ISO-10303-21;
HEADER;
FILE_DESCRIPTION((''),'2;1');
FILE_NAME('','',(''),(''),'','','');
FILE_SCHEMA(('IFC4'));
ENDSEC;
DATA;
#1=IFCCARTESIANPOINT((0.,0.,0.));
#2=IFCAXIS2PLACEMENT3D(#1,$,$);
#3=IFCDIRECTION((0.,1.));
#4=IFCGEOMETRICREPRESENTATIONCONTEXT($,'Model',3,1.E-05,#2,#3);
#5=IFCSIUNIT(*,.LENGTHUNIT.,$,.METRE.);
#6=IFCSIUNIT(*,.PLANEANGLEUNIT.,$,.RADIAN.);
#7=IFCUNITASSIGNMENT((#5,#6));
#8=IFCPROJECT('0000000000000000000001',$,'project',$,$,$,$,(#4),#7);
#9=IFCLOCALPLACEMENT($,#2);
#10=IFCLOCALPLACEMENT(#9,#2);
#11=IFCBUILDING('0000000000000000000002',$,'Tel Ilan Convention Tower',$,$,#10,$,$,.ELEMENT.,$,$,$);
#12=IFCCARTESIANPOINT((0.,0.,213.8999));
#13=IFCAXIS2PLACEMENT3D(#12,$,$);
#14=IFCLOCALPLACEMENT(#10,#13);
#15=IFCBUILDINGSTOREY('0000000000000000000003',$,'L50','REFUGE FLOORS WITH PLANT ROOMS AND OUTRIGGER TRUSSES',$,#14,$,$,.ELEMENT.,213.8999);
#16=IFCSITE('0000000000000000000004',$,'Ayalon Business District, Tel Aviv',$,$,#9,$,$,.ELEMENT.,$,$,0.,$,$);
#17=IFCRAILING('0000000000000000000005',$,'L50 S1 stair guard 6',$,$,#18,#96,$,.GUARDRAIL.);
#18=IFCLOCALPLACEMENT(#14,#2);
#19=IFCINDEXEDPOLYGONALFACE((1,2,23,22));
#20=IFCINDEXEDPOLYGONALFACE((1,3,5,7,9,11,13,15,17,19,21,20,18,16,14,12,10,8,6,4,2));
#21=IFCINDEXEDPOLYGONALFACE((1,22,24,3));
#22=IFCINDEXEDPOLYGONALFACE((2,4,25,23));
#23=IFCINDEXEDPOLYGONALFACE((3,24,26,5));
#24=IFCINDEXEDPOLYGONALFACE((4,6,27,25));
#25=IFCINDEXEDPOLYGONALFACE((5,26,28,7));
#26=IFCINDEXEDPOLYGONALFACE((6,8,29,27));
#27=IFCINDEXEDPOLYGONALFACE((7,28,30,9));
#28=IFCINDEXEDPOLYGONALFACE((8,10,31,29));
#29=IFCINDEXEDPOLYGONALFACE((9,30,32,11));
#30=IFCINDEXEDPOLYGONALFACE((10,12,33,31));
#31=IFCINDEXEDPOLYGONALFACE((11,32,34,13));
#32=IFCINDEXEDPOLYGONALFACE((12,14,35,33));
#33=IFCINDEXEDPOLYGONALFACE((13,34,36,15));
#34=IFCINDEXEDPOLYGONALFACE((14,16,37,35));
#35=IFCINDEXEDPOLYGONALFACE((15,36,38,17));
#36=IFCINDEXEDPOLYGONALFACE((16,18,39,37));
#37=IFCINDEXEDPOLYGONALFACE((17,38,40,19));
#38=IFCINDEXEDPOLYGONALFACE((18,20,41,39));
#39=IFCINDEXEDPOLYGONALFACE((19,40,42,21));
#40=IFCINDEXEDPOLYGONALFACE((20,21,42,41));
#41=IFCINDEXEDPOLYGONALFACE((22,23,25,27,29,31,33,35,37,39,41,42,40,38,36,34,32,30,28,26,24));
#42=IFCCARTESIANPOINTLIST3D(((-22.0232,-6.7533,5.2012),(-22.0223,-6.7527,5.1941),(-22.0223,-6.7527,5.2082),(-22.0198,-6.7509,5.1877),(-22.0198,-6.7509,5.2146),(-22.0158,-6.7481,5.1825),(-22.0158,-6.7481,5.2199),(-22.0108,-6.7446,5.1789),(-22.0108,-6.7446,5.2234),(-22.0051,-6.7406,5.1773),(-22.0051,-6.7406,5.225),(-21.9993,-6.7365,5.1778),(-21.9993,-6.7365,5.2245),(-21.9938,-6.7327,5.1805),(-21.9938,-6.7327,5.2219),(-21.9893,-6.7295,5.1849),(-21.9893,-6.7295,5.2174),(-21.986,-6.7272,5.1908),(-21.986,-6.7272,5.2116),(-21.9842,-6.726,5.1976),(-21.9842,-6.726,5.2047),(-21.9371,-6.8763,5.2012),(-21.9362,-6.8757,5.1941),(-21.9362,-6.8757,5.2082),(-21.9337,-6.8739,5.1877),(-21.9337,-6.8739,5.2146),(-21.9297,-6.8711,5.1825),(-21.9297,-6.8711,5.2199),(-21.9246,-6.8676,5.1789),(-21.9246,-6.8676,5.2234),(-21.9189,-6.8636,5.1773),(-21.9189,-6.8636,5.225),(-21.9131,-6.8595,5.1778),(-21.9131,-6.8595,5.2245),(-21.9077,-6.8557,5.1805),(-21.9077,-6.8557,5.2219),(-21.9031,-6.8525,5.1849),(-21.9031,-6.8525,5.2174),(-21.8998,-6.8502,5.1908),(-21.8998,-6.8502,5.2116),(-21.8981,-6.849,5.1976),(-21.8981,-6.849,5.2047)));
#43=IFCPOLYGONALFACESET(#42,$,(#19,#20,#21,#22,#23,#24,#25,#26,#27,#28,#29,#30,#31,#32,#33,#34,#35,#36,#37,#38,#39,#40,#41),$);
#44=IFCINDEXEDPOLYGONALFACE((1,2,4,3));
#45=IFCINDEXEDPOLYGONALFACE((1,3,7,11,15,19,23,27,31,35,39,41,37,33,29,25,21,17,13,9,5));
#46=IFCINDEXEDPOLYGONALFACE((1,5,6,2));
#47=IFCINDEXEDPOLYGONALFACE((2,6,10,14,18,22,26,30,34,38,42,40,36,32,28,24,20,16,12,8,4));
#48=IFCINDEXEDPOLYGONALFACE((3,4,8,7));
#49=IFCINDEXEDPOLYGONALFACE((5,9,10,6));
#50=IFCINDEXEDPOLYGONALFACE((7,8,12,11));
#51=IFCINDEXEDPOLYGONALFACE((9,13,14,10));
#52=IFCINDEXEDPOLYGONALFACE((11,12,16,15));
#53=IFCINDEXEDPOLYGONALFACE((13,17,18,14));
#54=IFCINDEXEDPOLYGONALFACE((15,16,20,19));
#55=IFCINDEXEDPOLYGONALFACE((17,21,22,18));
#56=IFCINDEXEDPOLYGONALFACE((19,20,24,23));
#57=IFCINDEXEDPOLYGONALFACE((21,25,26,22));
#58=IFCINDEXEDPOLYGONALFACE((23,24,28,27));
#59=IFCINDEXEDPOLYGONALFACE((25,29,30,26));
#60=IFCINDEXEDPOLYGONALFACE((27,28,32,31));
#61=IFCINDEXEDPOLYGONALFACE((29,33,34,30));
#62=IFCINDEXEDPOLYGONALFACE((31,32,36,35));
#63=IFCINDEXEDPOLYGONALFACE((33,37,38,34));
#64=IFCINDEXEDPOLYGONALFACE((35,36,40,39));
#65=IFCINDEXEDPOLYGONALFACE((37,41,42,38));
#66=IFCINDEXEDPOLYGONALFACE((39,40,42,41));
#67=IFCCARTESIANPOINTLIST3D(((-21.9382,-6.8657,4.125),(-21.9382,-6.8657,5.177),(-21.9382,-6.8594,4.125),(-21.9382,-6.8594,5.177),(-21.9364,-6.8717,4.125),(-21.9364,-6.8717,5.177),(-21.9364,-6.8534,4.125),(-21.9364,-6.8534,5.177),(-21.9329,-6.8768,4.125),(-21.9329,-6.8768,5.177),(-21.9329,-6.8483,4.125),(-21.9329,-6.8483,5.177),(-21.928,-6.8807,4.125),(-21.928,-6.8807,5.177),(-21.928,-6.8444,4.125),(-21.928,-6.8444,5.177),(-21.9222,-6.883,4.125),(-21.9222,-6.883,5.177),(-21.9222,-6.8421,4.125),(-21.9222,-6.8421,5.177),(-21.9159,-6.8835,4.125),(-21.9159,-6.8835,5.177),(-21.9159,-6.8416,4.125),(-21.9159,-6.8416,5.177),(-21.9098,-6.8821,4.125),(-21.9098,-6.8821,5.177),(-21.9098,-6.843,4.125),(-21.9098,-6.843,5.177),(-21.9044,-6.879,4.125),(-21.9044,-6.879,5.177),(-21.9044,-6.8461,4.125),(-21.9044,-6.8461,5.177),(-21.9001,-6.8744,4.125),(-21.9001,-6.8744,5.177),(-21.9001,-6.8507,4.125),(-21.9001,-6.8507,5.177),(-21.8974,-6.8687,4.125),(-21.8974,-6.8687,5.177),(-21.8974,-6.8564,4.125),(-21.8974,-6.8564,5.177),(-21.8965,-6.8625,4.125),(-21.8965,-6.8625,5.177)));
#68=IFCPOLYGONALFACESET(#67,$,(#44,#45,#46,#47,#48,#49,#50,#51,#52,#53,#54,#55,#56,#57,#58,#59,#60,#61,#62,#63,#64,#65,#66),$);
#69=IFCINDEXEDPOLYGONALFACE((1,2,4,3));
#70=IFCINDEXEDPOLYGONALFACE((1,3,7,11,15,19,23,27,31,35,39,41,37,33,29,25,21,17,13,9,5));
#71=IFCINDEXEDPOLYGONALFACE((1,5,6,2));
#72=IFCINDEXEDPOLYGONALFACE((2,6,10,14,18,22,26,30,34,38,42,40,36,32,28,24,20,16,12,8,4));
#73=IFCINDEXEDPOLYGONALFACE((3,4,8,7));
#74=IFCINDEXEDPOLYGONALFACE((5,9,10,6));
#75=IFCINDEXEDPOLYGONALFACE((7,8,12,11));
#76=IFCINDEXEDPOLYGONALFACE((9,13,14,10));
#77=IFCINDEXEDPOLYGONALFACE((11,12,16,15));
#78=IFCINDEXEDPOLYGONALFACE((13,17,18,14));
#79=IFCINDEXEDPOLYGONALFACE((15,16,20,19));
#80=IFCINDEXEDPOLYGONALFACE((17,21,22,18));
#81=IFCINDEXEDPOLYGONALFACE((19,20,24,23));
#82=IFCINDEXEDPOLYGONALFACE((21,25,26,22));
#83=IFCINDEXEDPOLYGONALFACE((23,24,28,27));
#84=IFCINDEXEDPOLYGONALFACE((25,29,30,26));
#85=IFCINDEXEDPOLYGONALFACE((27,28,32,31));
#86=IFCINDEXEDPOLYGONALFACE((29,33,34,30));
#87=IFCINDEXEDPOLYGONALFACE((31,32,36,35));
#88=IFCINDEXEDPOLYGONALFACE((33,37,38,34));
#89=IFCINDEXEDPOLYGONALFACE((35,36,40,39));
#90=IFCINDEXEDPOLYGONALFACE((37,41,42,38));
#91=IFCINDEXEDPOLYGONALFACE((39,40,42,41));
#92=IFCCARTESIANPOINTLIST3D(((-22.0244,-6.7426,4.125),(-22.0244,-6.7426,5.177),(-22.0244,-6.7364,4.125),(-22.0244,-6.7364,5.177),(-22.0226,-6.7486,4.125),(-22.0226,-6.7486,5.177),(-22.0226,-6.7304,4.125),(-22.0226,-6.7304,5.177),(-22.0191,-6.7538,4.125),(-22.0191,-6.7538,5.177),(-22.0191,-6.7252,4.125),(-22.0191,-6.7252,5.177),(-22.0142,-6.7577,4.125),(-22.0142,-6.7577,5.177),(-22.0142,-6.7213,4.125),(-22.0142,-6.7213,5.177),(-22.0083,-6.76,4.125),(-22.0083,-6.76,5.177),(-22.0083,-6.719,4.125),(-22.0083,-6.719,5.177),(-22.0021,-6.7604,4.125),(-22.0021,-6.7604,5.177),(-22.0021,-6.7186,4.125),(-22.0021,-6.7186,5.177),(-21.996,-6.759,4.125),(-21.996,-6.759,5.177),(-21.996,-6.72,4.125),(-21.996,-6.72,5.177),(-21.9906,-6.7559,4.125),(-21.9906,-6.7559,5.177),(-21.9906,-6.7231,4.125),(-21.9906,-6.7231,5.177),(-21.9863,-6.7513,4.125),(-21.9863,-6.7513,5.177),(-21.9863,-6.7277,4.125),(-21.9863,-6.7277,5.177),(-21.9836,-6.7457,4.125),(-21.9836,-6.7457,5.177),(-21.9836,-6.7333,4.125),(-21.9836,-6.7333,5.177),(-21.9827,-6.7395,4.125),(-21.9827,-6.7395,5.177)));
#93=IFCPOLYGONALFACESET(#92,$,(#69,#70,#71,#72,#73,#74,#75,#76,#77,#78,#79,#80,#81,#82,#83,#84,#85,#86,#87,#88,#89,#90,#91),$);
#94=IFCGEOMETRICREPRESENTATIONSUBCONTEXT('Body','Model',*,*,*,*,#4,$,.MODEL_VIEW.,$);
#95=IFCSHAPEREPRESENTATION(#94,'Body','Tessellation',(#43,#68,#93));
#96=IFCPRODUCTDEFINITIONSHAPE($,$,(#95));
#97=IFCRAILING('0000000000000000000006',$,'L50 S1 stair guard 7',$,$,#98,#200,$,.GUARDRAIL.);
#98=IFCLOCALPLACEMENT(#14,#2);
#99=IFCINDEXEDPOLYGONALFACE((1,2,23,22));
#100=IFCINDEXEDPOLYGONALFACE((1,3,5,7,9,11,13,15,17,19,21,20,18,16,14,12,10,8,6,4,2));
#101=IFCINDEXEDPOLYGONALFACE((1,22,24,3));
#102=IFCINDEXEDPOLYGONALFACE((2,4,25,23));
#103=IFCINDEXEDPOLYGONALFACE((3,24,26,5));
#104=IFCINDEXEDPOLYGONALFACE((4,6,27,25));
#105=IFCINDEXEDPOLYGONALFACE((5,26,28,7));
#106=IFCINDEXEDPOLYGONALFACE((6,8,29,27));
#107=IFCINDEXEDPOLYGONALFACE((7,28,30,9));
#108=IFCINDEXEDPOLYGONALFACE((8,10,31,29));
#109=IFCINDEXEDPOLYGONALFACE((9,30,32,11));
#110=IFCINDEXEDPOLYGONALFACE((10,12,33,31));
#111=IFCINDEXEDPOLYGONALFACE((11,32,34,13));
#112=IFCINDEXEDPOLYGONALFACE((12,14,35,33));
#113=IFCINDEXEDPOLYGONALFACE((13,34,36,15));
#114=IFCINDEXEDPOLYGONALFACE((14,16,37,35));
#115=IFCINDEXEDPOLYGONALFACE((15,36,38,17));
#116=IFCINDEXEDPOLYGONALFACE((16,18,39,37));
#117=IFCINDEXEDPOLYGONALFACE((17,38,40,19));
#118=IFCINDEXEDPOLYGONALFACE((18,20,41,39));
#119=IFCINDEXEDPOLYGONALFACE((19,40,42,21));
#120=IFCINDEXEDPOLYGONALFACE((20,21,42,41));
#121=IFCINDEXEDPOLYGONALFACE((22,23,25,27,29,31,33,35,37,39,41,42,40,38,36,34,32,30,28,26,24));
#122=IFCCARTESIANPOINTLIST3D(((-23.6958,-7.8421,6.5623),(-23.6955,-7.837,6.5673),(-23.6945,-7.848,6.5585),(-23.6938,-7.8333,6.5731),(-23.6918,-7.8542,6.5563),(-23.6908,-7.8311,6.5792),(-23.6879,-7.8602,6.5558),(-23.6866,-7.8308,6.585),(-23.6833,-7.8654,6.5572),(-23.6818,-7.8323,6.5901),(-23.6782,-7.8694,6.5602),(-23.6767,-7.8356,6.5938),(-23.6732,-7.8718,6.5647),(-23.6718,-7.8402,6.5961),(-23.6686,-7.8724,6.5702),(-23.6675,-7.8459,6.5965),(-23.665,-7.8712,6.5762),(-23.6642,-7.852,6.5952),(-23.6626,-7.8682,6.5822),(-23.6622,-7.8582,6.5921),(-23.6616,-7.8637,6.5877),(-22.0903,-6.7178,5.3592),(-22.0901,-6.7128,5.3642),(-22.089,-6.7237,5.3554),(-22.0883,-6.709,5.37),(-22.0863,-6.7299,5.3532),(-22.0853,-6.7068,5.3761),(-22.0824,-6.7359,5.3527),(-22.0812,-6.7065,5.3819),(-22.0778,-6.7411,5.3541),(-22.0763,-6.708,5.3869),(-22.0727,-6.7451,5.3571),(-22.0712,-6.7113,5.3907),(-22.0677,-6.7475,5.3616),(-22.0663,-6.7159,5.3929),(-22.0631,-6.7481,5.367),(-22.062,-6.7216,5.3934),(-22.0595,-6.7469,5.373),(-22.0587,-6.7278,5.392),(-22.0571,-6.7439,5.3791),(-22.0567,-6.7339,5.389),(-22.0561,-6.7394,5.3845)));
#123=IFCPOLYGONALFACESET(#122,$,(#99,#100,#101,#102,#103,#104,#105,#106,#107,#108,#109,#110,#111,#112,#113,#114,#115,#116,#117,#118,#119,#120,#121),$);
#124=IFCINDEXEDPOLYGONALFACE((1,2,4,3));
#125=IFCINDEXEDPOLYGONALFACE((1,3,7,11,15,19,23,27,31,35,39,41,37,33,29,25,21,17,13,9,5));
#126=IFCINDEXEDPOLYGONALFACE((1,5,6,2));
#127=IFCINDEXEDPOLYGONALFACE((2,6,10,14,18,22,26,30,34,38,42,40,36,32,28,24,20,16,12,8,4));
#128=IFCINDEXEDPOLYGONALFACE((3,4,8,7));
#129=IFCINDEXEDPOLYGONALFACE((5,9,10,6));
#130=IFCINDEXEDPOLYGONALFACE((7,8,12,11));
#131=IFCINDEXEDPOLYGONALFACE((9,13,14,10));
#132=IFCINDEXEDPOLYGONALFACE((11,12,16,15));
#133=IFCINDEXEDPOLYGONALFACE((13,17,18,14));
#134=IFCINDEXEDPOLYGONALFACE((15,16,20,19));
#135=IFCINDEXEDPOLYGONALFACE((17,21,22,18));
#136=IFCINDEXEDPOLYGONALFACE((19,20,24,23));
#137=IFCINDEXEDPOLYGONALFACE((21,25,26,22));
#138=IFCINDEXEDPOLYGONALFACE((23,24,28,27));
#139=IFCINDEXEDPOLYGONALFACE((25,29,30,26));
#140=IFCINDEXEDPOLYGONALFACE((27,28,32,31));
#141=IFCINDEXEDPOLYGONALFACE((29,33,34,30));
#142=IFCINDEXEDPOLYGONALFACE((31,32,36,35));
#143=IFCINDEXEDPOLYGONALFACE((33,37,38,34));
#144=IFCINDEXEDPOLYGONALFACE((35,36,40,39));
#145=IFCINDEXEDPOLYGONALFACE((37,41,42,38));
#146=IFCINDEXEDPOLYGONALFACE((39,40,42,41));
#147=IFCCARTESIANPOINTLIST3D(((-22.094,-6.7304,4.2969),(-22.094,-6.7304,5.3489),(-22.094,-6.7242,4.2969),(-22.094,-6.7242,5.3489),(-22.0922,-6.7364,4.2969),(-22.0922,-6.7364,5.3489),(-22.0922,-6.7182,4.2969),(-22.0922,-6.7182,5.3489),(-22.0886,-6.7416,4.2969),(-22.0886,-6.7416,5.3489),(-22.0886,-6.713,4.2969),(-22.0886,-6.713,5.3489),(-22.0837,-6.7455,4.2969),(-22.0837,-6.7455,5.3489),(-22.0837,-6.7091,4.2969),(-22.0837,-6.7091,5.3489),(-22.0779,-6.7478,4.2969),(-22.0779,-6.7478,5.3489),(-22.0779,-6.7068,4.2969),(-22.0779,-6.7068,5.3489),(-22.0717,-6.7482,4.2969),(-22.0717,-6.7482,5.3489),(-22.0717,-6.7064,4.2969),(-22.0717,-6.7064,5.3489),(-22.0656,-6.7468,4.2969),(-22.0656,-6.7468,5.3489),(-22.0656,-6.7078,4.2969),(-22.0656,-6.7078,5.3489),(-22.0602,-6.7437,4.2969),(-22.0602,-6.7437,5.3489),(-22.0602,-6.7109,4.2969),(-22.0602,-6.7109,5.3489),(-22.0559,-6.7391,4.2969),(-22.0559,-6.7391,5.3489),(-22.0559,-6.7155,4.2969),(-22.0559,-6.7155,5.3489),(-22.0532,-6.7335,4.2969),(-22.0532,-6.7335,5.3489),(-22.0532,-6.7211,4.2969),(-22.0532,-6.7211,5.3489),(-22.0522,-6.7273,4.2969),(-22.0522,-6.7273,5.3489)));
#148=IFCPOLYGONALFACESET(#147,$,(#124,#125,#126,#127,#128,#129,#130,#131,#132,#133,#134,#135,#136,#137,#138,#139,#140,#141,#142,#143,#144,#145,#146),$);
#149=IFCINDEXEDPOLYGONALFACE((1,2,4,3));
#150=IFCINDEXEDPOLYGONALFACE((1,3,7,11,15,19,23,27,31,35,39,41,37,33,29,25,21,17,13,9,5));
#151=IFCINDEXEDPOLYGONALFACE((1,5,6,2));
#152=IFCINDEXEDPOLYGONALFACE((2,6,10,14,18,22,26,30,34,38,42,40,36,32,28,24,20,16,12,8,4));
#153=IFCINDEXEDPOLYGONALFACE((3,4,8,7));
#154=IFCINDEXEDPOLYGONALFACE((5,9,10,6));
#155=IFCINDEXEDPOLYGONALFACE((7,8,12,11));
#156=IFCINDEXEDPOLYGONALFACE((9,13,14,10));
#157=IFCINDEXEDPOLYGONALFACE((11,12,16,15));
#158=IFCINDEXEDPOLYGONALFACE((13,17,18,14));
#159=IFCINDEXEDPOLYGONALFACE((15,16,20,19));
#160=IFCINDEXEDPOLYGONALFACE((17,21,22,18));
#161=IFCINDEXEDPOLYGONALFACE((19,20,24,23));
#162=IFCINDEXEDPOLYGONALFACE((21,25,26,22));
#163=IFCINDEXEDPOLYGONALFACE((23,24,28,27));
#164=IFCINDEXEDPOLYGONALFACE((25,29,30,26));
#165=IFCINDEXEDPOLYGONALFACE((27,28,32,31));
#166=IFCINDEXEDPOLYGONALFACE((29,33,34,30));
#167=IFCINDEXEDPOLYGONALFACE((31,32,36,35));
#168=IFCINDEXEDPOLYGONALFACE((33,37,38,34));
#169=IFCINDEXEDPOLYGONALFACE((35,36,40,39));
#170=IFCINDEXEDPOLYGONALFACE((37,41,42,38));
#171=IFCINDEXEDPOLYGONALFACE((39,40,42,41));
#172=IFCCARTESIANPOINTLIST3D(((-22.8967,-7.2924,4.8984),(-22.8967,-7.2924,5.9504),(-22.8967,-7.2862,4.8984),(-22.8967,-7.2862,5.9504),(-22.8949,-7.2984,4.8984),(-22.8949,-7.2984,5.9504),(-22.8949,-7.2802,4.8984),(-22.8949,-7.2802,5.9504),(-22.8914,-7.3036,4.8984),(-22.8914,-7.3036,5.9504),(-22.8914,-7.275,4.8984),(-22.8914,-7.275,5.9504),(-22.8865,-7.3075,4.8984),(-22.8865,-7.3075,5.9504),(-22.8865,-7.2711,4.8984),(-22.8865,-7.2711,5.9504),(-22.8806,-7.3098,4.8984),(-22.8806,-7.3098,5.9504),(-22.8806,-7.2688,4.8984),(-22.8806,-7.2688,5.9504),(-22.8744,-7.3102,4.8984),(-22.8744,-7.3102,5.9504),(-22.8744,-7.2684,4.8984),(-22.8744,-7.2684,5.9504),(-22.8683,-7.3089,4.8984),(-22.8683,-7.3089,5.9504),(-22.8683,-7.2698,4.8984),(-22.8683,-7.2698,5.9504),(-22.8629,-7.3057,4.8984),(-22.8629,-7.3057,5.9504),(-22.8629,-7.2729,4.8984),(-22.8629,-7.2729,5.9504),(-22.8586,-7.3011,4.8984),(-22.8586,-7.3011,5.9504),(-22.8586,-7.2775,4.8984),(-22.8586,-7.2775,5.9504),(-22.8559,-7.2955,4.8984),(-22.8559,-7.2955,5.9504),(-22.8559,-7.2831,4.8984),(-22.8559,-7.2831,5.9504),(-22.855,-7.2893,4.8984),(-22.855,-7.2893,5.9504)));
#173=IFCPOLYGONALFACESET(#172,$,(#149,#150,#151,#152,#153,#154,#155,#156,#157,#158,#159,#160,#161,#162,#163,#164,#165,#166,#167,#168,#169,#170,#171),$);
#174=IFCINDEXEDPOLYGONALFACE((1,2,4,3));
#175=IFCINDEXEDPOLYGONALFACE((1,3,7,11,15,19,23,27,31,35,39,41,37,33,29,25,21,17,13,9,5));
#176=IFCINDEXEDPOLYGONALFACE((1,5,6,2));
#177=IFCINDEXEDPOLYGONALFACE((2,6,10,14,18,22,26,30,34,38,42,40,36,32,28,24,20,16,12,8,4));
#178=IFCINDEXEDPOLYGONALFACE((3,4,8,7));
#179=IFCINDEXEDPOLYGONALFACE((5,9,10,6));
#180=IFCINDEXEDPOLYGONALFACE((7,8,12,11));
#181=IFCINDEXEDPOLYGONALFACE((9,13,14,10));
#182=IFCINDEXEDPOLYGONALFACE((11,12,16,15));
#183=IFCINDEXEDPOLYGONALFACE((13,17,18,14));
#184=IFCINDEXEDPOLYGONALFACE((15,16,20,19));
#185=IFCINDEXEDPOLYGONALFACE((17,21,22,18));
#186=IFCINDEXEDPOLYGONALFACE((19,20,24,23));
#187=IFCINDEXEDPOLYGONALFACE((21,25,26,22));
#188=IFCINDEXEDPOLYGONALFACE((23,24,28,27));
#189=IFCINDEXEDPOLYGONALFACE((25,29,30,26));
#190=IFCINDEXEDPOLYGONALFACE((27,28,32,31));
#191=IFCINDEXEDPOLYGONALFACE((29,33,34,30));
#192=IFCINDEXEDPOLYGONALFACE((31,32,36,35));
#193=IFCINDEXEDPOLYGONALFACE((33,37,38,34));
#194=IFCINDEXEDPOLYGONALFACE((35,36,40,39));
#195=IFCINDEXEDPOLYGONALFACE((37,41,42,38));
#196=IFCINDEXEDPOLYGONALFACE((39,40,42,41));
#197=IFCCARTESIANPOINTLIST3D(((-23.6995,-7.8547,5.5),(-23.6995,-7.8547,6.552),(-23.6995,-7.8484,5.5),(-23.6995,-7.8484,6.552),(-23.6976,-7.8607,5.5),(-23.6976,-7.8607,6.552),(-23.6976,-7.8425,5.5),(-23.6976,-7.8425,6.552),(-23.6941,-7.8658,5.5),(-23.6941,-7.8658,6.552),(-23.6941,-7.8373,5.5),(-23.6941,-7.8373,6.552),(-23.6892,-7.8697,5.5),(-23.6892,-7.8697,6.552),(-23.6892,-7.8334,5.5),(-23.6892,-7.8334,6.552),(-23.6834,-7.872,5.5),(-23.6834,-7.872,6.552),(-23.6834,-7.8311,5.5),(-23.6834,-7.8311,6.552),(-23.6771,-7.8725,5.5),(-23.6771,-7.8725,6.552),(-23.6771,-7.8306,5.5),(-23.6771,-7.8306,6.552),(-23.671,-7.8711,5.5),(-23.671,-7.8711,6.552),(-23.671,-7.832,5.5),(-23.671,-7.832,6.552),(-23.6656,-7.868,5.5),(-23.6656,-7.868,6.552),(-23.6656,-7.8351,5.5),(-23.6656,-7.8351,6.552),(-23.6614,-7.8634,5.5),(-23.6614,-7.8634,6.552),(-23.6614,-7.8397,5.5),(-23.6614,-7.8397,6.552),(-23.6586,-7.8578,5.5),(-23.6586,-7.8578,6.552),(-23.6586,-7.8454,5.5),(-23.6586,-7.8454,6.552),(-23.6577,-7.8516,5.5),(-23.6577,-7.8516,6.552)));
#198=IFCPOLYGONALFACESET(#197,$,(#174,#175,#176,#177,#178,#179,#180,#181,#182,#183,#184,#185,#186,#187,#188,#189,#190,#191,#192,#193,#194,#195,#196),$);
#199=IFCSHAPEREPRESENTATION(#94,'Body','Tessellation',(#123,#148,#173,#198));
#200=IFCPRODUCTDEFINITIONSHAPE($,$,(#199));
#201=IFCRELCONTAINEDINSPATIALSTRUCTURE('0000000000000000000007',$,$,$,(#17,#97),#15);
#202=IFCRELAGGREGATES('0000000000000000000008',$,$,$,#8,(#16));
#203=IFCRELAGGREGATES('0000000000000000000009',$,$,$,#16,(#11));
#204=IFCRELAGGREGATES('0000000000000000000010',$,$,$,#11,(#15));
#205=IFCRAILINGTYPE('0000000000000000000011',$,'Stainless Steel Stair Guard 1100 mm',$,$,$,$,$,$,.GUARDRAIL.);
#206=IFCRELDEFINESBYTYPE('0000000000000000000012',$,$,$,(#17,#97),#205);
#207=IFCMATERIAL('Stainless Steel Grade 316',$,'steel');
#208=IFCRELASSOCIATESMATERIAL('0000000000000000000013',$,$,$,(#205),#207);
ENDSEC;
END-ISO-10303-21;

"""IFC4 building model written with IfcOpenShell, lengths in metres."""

from ifc_helpers import new_model, si_unit, direction, frame, origin, origin_2d, place, context, subcontext, project, spatial, circle, extrude, material, type_object, element, save


model = new_model("IFC4")

# Units and contexts
model_context = context("Model", 3, precision=1e-05, world=origin(), true_north=direction((0.0, 1.0)))
body_context = subcontext(model_context, "Body", "Model", "MODEL_VIEW")
ifc_project = project(units=[si_unit("LENGTHUNIT", "METRE"), si_unit("PLANEANGLEUNIT", "RADIAN")], contexts=[model_context])

# Site, building, storey
site_placement = place(None, origin())
site = spatial("IfcSite", under=ifc_project, at=site_placement, Name="Ayalon Business District, Tel Aviv", CompositionType="ELEMENT", RefElevation=0.0)
building_placement = place(site_placement, origin())
building = spatial("IfcBuilding", under=site, at=building_placement, Name="Tel Ilan Convention Tower", CompositionType="ELEMENT")
storey_placement = place(building_placement, frame((0.0, 0.0, 213.8999)))
storey = spatial("IfcBuildingStorey", under=building, at=storey_placement, Name="L50", Description="REFUGE FLOORS WITH PLANT ROOMS AND OUTRIGGER TRUSSES", CompositionType="ELEMENT", Elevation=213.8999)

# Railings
ifc_material_1 = material(Name="Stainless Steel Grade 316", Category="steel")
railing_type_1 = type_object("IfcRailingType", Name="Stainless Steel Stair Guard 1100 mm", PredefinedType="GUARDRAIL", material=ifc_material_1)
railing_1_placement = place(storey_placement, frame((-21.9175, -6.8625, 4.125)))
element("IfcRailing", 1, at=railing_1_placement, inside=storey, type_object=railing_type_1, Name="L50 S1 stair guard 6", PredefinedType="GUARDRAIL", context=body_context, shape_type="SweptSolid", body=[
    extrude(circle(Radius=0.0239, at=origin_2d()), frame((0.0, 0.0, 1.0762), z_axis=(-0.57368, 0.819079, 0.0), x_axis=(-0.819079, -0.57368, 0.0)), (0.0, 0.0, 1.0), 0.1501),
    extrude(circle(Radius=0.021, at=origin_2d()), origin(), (0.0, 0.0, 1.0), 1.052),
    extrude(circle(Radius=0.021, at=origin_2d()), frame((-0.0862, 0.123, 0.0)), (0.0, 0.0, 1.0), 1.052),
])
railing_2_placement = place(storey_placement, frame((-22.0732, -6.7273, 4.2969)))
element("IfcRailing", 2, at=railing_2_placement, inside=storey, type_object=railing_type_1, Name="L50 S1 stair guard 7", PredefinedType="GUARDRAIL", context=body_context, shape_type="SweptSolid", body=[
    extrude(circle(Radius=0.0239, at=origin_2d()), frame((0.0, 0.0, 1.0762), z_axis=(-0.698095, -0.488857, 0.523146), x_axis=(0.573613, -0.819127, 0.0)), (0.0, 0.0, 1.0), 2.2998),
    extrude(circle(Radius=0.021, at=origin_2d()), origin(), (0.0, 0.0, 1.0), 1.052),
    extrude(circle(Radius=0.021, at=origin_2d()), frame((-0.8027, -0.562, 0.6016)), (0.0, 0.0, 1.0), 1.052),
    extrude(circle(Radius=0.021, at=origin_2d()), frame((-1.6055, -1.1243, 1.2031)), (0.0, 0.0, 1.0), 1.052),
])

save(model, "model.ifc")
